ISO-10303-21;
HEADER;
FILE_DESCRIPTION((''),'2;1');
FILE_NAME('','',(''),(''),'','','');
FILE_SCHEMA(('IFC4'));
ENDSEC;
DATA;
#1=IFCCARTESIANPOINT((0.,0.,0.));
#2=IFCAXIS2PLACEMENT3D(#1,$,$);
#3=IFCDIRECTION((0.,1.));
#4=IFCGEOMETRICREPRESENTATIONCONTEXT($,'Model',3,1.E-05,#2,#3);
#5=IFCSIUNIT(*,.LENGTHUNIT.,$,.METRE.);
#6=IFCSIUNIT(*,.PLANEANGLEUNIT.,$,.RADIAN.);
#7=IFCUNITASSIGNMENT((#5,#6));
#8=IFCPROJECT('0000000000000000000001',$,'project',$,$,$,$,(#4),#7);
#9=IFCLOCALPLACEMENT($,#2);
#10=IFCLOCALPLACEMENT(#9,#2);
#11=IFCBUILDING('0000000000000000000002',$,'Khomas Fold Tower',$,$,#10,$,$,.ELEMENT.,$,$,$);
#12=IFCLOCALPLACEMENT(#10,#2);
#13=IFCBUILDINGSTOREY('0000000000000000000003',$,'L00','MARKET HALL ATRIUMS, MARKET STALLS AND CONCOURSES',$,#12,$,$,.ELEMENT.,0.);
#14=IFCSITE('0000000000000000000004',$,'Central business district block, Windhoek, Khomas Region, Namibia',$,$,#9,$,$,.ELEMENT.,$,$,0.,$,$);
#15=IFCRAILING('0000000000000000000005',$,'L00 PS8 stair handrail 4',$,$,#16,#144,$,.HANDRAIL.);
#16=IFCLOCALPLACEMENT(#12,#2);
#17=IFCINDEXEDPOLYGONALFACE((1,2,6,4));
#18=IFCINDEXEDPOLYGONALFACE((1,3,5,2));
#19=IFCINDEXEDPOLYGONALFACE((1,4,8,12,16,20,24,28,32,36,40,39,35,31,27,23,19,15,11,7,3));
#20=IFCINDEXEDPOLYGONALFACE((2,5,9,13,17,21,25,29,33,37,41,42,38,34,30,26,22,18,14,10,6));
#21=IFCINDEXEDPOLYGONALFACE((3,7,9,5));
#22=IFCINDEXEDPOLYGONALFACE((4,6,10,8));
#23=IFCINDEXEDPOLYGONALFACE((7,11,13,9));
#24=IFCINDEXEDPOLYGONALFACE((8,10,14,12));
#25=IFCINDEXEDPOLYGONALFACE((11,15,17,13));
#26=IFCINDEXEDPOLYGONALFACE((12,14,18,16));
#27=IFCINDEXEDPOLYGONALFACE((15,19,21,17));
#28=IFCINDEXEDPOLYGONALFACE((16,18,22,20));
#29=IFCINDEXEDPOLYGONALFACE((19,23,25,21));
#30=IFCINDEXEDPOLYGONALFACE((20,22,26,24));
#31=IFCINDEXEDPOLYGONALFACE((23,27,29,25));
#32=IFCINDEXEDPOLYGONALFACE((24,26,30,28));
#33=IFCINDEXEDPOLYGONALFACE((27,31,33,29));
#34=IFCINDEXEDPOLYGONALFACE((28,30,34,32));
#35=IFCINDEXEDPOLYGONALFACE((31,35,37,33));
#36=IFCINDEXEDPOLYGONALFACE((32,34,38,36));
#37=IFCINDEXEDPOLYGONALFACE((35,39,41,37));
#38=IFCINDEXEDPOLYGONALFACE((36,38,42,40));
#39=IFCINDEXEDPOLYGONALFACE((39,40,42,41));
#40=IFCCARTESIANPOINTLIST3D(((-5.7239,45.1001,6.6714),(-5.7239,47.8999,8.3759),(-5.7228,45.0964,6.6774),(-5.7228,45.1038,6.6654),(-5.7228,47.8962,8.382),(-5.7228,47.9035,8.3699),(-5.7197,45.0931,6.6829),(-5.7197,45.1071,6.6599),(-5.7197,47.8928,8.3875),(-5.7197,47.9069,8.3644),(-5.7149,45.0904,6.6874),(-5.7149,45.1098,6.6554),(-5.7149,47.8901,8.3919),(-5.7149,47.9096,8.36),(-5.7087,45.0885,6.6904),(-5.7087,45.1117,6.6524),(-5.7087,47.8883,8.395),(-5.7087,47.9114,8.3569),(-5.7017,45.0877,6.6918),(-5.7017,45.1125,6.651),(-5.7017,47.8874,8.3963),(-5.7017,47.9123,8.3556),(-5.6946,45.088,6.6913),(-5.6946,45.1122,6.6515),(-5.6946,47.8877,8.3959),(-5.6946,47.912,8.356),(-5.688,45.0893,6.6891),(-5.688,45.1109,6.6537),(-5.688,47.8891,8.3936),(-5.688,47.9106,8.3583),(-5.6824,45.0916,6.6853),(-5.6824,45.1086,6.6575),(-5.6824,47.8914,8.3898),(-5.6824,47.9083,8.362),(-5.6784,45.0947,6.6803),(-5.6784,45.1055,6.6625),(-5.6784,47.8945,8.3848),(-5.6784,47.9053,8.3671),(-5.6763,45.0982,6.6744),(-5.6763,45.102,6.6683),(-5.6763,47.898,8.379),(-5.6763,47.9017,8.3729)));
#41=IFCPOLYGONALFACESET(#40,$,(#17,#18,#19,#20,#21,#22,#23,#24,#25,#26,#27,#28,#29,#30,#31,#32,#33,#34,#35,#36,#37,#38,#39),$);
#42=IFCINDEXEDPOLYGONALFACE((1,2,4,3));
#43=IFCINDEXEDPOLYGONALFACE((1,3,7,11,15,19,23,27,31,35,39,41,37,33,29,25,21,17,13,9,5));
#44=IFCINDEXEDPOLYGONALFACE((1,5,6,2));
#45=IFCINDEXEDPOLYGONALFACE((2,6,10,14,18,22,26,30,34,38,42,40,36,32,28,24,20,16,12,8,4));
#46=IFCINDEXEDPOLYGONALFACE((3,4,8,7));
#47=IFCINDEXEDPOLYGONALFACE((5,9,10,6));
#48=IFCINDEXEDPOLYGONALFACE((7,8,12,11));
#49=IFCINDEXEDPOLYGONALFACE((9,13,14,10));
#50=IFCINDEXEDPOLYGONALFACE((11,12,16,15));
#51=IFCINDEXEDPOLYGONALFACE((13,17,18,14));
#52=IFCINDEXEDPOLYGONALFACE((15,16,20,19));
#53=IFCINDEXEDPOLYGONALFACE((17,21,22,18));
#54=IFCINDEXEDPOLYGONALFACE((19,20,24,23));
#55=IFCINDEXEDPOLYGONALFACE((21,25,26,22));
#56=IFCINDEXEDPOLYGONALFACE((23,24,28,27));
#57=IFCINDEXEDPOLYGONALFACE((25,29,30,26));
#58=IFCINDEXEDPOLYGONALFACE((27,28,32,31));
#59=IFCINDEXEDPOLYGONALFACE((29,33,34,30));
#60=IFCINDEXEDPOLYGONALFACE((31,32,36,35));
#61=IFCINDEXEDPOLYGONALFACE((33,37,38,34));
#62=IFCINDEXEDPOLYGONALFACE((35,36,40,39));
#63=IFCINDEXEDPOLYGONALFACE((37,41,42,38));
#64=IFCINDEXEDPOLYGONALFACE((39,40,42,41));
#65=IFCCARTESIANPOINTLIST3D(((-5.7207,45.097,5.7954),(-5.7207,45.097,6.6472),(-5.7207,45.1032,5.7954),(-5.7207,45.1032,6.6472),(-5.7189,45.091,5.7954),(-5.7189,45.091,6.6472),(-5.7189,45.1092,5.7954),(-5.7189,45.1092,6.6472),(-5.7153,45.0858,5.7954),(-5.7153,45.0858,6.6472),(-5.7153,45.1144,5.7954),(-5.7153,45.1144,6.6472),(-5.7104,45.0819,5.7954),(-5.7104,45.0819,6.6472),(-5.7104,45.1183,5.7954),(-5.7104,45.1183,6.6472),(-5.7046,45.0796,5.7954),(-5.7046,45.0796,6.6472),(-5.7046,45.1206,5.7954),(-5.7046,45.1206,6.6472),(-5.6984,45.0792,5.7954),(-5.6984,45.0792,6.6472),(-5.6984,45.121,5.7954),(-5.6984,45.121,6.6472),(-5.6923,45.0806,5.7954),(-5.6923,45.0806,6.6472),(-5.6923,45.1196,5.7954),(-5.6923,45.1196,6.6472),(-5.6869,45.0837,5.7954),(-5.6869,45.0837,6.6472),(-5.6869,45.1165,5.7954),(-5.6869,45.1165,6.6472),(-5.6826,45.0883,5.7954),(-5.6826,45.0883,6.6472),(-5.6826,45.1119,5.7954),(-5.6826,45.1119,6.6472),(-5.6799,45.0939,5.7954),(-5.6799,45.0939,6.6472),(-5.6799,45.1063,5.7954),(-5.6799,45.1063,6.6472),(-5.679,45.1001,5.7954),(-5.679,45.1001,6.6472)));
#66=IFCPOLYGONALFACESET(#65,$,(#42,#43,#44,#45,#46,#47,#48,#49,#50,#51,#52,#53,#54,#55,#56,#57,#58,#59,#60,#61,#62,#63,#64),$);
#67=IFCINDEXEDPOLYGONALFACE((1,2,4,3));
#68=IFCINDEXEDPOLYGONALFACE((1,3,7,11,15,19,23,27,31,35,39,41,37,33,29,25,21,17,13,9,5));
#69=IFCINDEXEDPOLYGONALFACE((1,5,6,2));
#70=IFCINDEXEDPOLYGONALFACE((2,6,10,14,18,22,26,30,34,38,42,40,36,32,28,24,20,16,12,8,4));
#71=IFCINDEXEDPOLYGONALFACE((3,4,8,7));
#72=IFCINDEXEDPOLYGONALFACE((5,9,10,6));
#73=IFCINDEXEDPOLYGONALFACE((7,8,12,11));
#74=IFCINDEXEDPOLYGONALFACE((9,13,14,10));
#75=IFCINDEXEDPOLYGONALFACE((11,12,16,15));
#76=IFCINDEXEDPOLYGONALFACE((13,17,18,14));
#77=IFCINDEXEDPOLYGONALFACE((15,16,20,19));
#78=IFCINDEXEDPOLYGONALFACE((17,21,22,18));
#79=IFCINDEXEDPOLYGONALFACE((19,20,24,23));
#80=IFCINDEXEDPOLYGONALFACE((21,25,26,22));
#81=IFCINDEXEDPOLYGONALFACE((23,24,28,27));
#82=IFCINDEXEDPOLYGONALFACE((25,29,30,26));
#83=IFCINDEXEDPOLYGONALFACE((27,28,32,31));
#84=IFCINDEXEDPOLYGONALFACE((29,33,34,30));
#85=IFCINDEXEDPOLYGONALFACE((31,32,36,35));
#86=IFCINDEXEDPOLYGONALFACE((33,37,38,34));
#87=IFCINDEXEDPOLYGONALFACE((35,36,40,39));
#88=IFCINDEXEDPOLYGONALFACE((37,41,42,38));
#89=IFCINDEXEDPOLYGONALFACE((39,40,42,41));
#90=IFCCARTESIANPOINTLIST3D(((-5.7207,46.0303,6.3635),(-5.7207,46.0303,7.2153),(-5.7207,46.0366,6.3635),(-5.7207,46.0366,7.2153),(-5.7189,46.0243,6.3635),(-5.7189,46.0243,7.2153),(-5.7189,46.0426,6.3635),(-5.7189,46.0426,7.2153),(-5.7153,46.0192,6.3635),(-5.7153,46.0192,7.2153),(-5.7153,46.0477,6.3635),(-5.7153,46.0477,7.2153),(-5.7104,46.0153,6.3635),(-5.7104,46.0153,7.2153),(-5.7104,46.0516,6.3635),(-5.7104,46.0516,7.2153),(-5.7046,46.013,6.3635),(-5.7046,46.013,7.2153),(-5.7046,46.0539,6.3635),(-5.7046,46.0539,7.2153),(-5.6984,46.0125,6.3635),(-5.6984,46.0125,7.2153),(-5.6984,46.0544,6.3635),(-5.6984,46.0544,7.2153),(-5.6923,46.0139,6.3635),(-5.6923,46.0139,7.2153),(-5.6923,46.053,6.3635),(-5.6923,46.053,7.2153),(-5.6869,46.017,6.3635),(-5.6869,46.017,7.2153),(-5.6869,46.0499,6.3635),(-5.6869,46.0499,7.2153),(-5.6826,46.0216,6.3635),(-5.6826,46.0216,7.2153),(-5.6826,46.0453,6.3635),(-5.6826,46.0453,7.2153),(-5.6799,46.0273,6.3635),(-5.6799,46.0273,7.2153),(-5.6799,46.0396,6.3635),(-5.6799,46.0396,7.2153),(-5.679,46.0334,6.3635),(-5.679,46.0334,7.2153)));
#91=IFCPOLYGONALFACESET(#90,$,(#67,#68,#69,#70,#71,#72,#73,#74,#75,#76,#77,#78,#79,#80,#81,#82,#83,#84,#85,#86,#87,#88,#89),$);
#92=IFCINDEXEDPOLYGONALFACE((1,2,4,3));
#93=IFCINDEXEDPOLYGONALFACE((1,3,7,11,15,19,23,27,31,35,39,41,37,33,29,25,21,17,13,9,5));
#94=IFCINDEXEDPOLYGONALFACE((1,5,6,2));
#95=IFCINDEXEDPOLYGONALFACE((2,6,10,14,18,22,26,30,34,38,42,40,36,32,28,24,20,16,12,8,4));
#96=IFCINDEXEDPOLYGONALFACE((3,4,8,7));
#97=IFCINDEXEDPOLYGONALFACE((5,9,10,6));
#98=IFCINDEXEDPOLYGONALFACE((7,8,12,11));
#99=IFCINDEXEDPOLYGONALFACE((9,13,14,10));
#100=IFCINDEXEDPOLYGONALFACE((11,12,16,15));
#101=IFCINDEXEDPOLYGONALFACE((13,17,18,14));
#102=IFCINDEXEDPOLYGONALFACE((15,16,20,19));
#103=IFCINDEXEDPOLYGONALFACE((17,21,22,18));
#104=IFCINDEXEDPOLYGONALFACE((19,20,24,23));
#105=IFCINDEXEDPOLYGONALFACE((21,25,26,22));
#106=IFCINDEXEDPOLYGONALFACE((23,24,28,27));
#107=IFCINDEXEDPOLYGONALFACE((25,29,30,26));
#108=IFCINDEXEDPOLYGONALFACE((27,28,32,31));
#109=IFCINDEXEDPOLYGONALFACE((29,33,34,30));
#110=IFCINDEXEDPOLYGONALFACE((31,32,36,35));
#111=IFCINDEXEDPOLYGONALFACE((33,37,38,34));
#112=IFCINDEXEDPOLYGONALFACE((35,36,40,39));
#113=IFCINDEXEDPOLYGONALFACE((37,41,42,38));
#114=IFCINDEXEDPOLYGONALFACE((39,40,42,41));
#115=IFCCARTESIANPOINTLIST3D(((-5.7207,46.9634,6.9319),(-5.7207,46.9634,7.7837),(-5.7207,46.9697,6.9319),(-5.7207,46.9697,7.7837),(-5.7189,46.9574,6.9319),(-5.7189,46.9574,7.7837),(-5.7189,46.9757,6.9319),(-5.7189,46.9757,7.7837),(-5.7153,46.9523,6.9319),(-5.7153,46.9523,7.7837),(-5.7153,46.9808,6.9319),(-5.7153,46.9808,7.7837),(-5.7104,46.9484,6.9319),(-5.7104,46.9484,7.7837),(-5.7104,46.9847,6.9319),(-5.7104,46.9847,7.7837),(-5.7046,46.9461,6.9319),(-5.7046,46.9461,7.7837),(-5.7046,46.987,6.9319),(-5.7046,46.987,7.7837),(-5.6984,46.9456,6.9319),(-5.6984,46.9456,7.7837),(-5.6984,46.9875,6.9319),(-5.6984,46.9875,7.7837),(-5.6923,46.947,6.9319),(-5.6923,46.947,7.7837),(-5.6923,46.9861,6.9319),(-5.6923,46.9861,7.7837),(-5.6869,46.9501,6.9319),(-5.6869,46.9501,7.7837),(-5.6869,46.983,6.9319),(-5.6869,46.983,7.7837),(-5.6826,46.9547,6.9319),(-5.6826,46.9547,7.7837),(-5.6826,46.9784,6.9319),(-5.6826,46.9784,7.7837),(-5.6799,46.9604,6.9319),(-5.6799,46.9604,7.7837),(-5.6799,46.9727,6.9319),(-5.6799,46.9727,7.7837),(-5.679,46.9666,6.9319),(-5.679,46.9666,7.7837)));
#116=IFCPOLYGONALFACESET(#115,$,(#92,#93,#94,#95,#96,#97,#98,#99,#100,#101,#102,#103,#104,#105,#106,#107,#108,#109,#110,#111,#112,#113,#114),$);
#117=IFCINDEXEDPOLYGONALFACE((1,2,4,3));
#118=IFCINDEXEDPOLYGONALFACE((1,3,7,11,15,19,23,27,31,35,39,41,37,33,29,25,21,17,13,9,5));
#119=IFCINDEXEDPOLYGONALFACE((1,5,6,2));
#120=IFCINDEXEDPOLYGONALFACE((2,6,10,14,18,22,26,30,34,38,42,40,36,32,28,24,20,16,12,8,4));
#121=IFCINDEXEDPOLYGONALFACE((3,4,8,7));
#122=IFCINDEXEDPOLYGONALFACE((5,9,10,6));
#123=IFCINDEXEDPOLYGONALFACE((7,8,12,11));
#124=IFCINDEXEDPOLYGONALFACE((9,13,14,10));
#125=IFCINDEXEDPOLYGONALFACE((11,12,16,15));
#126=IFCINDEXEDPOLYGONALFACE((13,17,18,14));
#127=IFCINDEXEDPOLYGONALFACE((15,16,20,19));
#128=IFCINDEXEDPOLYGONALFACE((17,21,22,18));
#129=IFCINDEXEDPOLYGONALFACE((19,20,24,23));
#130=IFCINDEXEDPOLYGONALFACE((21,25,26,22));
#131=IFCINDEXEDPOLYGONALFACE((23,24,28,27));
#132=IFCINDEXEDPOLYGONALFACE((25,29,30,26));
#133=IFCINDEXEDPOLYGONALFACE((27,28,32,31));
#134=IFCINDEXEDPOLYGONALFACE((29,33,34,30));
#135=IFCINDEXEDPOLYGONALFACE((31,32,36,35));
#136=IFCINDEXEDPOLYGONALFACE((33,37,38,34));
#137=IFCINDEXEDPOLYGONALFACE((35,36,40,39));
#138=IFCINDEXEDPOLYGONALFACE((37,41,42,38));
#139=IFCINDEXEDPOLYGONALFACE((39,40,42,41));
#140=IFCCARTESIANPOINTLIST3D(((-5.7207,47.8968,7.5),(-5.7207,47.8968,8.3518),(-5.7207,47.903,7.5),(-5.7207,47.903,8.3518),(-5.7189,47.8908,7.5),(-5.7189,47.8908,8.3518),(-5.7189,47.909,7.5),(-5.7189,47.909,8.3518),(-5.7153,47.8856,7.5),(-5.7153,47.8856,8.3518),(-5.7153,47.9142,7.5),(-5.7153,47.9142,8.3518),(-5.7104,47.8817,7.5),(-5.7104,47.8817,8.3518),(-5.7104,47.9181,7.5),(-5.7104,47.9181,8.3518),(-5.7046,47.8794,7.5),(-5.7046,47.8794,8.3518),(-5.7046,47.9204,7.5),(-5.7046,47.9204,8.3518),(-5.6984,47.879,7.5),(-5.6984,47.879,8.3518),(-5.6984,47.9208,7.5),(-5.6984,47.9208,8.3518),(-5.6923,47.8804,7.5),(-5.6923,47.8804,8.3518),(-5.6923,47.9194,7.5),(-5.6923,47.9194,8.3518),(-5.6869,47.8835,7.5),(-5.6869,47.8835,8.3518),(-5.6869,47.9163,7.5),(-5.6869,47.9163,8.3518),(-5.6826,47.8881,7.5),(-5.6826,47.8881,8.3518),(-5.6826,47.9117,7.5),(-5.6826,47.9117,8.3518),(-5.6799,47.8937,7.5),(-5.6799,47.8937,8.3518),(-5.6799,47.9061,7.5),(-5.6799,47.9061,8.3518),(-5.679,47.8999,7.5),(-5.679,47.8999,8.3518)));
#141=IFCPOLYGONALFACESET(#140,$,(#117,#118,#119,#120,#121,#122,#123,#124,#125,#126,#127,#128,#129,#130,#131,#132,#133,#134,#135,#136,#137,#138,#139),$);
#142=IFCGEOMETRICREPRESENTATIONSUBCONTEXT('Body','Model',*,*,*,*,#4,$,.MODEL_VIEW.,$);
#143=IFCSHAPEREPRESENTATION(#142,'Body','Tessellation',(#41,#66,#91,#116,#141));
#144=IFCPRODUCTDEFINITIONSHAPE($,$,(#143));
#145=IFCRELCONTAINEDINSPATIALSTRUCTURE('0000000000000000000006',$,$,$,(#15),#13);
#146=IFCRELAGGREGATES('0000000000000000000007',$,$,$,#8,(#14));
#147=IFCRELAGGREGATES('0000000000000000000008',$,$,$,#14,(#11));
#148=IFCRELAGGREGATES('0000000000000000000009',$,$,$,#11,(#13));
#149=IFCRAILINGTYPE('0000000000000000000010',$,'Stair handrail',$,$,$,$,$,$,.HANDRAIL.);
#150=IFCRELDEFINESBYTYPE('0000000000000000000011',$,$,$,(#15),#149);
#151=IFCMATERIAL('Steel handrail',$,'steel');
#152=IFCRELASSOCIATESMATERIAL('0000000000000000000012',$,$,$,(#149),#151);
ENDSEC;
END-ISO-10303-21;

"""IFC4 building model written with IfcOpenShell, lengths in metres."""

from ifc_helpers import new_model, si_unit, direction, frame, origin, origin_2d, place, context, subcontext, project, spatial, circle, extrude, source, transform, mapped, material, type_object, element, save


model = new_model("IFC4")

# Units and contexts
model_context = context("Model", 3, precision=1e-05, world=origin(), true_north=direction((0.0, 1.0)))
body_context = subcontext(model_context, "Body", "Model", "MODEL_VIEW")
ifc_project = project(units=[si_unit("LENGTHUNIT", "METRE"), si_unit("PLANEANGLEUNIT", "RADIAN")], contexts=[model_context])

# Site, building, storey
site_placement = place(None, origin())
site = spatial("IfcSite", under=ifc_project, at=site_placement, Name="Central business district block, Windhoek, Khomas Region, Namibia", CompositionType="ELEMENT", RefElevation=0.0)
building_placement = place(site_placement, origin())
building = spatial("IfcBuilding", under=site, at=building_placement, Name="Khomas Fold Tower", CompositionType="ELEMENT")
storey_placement = place(building_placement, origin())
storey = spatial("IfcBuildingStorey", under=building, at=storey_placement, Name="L00", Description="MARKET HALL ATRIUMS, MARKET STALLS AND CONCOURSES", CompositionType="ELEMENT", Elevation=0.0)

# Railing
ifc_material_1 = material(Name="Steel handrail", Category="steel")
railing_type_1 = type_object("IfcRailingType", Name="Stair handrail", PredefinedType="HANDRAIL", material=ifc_material_1)
shared_shape_1 = source(origin(), body_context, "Body", "SweptSolid", [
    extrude(circle(Radius=0.0239, at=origin_2d()), frame((0.0, 0.0, 0.876), z_axis=(0.0, 0.85415, 0.520027), x_axis=(-1.0, 0.0, 0.0)), (0.0, 0.0, 1.0), 3.2778),
    extrude(circle(Radius=0.021, at=origin_2d()), origin(), (0.0, 0.0, 1.0), 0.8518),
    extrude(circle(Radius=0.021, at=origin_2d()), frame((0.0, 0.9333, 0.5681)), (0.0, 0.0, 1.0), 0.8518),
    extrude(circle(Radius=0.021, at=origin_2d()), frame((0.0, 1.8665, 1.1365)), (0.0, 0.0, 1.0), 0.8518),
    extrude(circle(Radius=0.021, at=origin_2d()), frame((0.0, 2.7998, 1.7046)), (0.0, 0.0, 1.0), 0.8518),
])
for number, where, name in (
    (1, (-5.7, 45.1001, 5.7954), "L00 PS8 stair handrail 4"),
):
    element("IfcRailing", number, at=place(storey_placement, frame(where)), inside=storey, type_object=railing_type_1, Name=name, PredefinedType="HANDRAIL", context=body_context, shape_type="MappedRepresentation", body=[
        mapped(shared_shape_1, transform((0.0, 0.0, 0.0))),
    ])

save(model, "model.ifc")
